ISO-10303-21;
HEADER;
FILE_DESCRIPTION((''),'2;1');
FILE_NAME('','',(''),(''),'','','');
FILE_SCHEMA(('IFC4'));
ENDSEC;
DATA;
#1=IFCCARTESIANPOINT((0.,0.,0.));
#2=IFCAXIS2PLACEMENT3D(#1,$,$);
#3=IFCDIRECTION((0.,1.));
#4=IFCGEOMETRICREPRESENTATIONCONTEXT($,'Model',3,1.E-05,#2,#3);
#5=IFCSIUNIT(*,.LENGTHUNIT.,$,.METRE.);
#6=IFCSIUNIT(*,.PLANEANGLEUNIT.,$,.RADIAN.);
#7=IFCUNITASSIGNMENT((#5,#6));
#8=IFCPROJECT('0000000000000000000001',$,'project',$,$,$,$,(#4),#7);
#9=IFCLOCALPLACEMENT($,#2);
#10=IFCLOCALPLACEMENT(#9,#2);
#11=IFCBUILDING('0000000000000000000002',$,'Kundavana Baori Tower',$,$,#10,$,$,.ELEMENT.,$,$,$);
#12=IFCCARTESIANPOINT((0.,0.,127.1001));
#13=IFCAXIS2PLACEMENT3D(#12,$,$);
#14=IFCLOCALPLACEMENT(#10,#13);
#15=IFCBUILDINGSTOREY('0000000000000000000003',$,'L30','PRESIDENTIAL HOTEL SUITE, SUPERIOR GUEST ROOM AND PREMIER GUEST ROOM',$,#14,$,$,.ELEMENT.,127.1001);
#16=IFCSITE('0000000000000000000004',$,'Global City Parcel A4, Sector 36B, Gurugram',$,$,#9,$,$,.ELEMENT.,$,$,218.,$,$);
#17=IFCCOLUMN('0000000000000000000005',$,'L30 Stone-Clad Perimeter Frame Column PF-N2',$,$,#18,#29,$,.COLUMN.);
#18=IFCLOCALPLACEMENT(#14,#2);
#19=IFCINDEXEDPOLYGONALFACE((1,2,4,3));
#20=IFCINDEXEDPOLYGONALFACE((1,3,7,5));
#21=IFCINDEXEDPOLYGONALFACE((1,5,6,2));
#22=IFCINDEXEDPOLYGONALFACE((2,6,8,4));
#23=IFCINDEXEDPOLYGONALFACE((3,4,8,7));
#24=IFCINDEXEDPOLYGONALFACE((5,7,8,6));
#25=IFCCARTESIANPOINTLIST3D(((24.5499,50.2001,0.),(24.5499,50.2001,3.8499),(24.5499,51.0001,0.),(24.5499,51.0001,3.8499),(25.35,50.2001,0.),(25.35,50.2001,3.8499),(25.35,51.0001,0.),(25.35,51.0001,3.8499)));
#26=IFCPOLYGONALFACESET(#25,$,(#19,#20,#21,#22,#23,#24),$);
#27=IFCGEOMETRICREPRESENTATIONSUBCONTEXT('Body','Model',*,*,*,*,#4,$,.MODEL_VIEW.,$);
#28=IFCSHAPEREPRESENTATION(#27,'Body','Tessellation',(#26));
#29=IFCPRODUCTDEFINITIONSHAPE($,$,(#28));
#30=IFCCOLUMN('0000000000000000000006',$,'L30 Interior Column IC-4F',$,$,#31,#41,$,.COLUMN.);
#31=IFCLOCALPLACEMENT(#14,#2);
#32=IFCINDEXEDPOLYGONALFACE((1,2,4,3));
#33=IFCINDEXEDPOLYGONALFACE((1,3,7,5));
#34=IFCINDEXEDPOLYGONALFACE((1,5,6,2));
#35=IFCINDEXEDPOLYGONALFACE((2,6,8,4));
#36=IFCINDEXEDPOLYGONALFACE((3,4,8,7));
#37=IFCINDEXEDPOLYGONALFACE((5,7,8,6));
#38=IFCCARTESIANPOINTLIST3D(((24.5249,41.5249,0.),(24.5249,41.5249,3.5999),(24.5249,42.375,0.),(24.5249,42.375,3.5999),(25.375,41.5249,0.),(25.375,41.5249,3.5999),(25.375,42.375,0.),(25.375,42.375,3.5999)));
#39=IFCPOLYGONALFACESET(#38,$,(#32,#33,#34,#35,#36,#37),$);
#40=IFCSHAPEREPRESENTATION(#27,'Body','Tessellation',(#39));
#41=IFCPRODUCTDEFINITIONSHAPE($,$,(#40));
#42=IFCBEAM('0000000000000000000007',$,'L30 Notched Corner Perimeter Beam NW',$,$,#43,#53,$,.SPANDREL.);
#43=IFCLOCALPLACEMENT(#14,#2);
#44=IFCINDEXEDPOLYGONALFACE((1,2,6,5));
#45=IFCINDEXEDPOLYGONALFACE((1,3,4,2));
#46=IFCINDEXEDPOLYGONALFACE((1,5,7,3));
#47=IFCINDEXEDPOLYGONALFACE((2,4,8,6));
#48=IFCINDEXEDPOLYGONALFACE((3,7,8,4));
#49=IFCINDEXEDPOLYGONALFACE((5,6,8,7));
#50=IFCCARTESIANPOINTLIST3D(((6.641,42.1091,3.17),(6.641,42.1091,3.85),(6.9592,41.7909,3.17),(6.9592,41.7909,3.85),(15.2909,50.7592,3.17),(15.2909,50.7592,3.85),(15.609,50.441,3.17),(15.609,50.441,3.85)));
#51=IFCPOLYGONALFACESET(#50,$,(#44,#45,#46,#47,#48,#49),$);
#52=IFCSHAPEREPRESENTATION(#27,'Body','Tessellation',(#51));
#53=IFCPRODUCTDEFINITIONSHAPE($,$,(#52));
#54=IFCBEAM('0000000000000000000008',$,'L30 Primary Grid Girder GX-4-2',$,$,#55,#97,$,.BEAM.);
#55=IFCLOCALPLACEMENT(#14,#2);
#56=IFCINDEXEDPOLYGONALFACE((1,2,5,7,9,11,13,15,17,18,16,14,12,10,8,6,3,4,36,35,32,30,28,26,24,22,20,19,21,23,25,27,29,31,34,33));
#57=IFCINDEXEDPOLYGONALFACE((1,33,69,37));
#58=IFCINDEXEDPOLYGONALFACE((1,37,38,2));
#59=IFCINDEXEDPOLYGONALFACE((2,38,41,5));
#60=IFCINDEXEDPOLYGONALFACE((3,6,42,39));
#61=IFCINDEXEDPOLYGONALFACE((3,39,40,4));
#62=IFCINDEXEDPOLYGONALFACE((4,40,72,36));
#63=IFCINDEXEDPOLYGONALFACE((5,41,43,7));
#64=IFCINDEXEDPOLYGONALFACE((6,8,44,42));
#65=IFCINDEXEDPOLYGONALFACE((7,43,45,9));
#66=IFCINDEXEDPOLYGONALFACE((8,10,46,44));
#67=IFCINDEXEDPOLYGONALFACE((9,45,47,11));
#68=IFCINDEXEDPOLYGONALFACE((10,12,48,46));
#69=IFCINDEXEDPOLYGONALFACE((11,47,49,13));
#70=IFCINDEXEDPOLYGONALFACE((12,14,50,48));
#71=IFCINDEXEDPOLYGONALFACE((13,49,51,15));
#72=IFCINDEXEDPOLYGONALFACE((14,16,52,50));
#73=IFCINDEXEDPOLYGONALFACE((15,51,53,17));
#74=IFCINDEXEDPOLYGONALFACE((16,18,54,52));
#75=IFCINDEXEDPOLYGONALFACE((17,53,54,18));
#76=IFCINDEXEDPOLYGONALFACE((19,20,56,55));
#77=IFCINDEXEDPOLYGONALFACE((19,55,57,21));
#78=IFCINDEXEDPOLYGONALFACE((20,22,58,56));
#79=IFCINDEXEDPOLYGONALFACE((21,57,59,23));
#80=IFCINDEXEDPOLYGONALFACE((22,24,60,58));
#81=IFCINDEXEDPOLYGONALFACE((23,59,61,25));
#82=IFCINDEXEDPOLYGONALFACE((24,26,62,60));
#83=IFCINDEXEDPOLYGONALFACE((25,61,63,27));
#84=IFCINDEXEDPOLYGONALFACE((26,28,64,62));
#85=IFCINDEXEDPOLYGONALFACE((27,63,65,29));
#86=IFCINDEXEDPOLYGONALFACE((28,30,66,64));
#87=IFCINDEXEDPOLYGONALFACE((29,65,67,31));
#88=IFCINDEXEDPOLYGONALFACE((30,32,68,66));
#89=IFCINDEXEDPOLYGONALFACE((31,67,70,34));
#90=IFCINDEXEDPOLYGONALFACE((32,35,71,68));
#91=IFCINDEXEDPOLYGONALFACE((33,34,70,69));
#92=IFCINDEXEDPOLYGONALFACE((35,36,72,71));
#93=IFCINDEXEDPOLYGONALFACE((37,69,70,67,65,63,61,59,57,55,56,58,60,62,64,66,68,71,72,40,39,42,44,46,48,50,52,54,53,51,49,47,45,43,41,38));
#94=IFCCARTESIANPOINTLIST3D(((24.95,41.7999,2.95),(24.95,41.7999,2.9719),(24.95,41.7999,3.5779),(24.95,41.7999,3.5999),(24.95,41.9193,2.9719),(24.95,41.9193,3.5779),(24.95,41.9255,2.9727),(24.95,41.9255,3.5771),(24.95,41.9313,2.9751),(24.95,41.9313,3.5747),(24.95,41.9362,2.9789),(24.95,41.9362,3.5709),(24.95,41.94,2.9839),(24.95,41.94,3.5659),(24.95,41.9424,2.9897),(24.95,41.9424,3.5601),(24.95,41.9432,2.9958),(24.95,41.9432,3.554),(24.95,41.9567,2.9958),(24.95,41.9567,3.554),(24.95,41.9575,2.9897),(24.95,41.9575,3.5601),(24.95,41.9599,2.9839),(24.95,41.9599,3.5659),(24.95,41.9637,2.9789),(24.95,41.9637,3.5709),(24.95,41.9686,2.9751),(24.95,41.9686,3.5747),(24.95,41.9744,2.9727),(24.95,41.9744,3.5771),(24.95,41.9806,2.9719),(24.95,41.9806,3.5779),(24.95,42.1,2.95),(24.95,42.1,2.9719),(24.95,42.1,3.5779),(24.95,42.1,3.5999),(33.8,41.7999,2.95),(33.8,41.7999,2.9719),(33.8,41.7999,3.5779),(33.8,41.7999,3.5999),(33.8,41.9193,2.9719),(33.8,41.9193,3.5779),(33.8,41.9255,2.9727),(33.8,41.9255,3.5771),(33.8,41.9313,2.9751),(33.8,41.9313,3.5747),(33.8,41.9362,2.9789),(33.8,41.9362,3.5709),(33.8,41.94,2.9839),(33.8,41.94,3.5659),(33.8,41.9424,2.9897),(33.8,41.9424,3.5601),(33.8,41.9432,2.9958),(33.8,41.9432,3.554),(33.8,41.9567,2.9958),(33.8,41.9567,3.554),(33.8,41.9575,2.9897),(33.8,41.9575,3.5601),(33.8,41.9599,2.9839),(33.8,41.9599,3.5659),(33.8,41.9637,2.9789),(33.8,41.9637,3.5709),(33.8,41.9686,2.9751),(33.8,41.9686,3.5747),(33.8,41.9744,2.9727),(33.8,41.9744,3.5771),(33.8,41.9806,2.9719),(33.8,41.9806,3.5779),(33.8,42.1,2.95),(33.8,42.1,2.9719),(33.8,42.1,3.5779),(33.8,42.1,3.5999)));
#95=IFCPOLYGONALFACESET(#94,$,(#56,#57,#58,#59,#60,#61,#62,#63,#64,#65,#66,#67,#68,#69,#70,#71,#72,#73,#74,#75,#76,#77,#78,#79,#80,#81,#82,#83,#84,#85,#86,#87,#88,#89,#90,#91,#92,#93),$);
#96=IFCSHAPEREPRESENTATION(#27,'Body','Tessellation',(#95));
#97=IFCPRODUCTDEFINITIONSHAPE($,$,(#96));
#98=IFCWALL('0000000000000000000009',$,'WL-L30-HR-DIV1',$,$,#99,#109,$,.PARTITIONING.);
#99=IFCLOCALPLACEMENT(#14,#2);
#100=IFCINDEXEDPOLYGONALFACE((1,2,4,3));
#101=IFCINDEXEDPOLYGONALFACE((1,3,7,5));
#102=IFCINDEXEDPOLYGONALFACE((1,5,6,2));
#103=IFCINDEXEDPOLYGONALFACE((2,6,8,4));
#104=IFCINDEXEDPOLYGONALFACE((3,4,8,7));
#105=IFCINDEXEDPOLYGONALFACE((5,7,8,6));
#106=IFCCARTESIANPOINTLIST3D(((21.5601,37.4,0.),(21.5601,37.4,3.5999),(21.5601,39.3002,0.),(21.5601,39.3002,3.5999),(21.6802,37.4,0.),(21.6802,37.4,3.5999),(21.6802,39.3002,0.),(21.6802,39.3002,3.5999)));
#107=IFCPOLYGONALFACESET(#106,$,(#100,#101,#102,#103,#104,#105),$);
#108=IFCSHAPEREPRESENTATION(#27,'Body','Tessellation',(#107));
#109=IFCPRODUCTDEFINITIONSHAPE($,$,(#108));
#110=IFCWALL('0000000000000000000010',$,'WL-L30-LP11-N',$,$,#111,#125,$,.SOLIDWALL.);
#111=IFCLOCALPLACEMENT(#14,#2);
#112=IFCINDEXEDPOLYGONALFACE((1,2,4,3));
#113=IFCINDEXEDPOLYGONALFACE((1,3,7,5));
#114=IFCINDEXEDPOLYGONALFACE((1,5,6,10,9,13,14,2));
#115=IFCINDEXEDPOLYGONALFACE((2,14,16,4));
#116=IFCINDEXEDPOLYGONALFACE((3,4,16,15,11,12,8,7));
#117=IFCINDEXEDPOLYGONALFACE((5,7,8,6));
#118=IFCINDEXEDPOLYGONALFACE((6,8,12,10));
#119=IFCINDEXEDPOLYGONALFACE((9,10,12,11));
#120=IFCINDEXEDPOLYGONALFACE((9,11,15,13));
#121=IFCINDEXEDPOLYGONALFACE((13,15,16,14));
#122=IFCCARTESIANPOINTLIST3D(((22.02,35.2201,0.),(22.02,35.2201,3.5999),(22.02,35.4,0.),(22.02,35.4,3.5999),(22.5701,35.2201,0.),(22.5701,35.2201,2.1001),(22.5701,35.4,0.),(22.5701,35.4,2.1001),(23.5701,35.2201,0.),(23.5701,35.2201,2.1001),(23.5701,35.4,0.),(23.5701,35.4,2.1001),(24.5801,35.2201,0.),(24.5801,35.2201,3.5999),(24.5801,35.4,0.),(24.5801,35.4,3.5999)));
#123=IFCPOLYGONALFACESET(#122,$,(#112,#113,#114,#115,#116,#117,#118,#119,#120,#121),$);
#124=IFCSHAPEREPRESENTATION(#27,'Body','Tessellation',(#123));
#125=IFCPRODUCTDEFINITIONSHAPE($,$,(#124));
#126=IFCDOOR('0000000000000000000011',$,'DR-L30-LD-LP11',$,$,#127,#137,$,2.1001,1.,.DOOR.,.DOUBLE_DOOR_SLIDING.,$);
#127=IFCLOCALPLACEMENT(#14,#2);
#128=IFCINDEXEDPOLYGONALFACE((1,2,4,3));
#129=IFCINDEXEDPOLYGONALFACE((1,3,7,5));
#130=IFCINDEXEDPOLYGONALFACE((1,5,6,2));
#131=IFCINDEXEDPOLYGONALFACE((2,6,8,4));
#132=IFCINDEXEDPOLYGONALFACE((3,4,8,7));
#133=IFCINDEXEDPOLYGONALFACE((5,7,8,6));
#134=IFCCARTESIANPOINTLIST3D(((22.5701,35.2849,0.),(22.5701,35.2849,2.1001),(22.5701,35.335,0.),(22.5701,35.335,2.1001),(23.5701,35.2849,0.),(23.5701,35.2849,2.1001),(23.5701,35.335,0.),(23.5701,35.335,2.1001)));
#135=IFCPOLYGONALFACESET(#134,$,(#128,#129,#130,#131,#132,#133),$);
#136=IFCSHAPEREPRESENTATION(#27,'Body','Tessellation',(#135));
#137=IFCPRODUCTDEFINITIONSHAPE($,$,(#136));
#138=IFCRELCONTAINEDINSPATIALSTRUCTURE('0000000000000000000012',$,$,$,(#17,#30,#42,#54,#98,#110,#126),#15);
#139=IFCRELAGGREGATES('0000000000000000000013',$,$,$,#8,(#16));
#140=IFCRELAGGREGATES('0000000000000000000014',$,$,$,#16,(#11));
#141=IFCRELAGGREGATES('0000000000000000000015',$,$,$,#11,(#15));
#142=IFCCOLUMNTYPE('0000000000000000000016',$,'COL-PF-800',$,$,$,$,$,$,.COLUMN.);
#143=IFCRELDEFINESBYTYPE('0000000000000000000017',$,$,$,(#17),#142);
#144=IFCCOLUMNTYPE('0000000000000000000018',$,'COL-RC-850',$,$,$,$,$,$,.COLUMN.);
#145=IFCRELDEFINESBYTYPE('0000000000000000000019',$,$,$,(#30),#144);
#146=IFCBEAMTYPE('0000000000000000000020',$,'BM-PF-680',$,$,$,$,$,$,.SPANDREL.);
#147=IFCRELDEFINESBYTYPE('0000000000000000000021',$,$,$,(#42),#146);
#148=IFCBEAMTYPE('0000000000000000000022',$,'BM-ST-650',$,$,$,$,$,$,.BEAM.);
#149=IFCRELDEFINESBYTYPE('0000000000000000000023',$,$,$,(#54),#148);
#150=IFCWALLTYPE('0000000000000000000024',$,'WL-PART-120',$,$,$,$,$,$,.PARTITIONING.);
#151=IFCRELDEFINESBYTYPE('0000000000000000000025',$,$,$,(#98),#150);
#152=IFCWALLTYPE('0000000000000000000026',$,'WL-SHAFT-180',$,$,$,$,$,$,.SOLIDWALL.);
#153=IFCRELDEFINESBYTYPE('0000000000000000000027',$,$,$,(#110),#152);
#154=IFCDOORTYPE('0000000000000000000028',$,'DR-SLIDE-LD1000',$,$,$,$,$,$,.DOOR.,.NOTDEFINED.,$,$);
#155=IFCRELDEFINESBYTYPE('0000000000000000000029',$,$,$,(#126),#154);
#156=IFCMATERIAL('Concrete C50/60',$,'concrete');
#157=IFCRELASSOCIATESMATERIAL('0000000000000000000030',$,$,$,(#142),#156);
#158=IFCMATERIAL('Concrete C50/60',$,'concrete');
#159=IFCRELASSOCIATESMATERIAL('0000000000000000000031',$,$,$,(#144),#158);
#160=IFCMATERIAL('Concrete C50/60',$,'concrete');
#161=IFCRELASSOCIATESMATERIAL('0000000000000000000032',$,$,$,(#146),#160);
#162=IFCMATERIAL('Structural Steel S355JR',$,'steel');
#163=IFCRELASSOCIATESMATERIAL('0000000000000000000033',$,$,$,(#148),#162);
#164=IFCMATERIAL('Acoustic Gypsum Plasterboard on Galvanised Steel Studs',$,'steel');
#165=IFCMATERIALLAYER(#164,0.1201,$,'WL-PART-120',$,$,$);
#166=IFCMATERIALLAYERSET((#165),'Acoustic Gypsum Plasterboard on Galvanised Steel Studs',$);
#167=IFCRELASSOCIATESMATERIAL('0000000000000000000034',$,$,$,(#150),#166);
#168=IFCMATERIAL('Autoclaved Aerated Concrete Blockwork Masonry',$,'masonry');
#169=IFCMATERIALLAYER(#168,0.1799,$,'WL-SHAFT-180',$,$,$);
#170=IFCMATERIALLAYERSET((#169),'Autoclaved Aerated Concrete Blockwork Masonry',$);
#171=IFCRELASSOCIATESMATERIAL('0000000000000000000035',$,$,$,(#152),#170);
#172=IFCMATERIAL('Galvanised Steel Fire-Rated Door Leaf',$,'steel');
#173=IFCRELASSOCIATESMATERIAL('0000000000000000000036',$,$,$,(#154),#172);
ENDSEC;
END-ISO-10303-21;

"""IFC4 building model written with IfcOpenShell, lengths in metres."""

from ifc_helpers import new_model, si_unit, direction, frame, frame_2d, origin, origin_2d, place, context, subcontext, project, spatial, rectangle, i_section, extrude, material, layer, layer_set, material_profile, profile_set, type_object, element, fill, save


model = new_model("IFC4")

# Units and contexts
model_context = context("Model", 3, precision=1e-05, world=origin(), true_north=direction((0.0, 1.0)))
body_context = subcontext(model_context, "Body", "Model", "MODEL_VIEW")
ifc_project = project(units=[si_unit("LENGTHUNIT", "METRE"), si_unit("PLANEANGLEUNIT", "RADIAN")], contexts=[model_context])

# Site, building, storey
site_placement = place(None, origin())
site = spatial("IfcSite", under=ifc_project, at=site_placement, Name="Global City Parcel A4, Sector 36B, Gurugram", CompositionType="ELEMENT", RefElevation=218.0)
building_placement = place(site_placement, origin())
building = spatial("IfcBuilding", under=site, at=building_placement, Name="Kundavana Baori Tower", CompositionType="ELEMENT")
storey_placement = place(building_placement, frame((0.0, 0.0, 127.1001)))
storey = spatial("IfcBuildingStorey", under=building, at=storey_placement, Name="L30", Description="PRESIDENTIAL HOTEL SUITE, SUPERIOR GUEST ROOM AND PREMIER GUEST ROOM", CompositionType="ELEMENT", Elevation=127.1001)

# Columns
ifc_material_1 = material(Name="Concrete C50/60", Category="concrete")
ifc_material_profile_1 = material_profile(ifc_material_1, rectangle(XDim=0.8, YDim=0.8, at=origin_2d()), Name="RC PF 800x800")
ifc_profile_set_1 = profile_set([ifc_material_profile_1], Name="Concrete C50/60")
column_type_1 = type_object("IfcColumnType", Name="COL-PF-800", PredefinedType="COLUMN", material=ifc_profile_set_1)
column_1_placement = place(storey_placement, frame((24.95, 50.6001, 0.0), z_axis=(0.0, 0.0, 1.0), x_axis=(1.0, 0.0, 0.0)))
element("IfcColumn", 1, at=column_1_placement, inside=storey, type_object=column_type_1, Name="L30 Stone-Clad Perimeter Frame Column PF-N2", PredefinedType="COLUMN", context=body_context, shape_type="SweptSolid", body=[
    extrude(rectangle(XDim=0.8, YDim=0.8, at=origin_2d()), origin(), (0.0, 0.0, 1.0), 3.8499),
])
ifc_material_2 = material(Name="Concrete C50/60", Category="concrete")
ifc_material_profile_2 = material_profile(ifc_material_2, rectangle(XDim=0.8501, YDim=0.8501, at=origin_2d()), Name="RC 850x850")
ifc_profile_set_2 = profile_set([ifc_material_profile_2], Name="Concrete C50/60")
column_type_2 = type_object("IfcColumnType", Name="COL-RC-850", PredefinedType="COLUMN", material=ifc_profile_set_2)
column_2_placement = place(storey_placement, frame((24.95, 41.95, 0.0), z_axis=(0.0, 0.0, 1.0), x_axis=(1.0, 0.0, 0.0)))
element("IfcColumn", 2, at=column_2_placement, inside=storey, type_object=column_type_2, Name="L30 Interior Column IC-4F", PredefinedType="COLUMN", context=body_context, shape_type="SweptSolid", body=[
    extrude(rectangle(XDim=0.8501, YDim=0.8501, at=origin_2d()), origin(), (0.0, 0.0, 1.0), 3.5999),
])

# Beams
ifc_material_3 = material(Name="Concrete C50/60", Category="concrete")
ifc_material_profile_3 = material_profile(ifc_material_3, rectangle(XDim=0.45, YDim=0.6799, at=origin_2d()), Name="RC BM 450x680")
ifc_profile_set_3 = profile_set([ifc_material_profile_3], Name="Concrete C50/60")
beam_type_1 = type_object("IfcBeamType", Name="BM-PF-680", PredefinedType="SPANDREL", material=ifc_profile_set_3)
beam_1_placement = place(storey_placement, frame((15.45, 50.6001, 3.51), z_axis=(-0.707097, -0.707117, 0.0), x_axis=(0.707117, -0.707097, 0.0)))
element("IfcBeam", 3, at=beam_1_placement, inside=storey, type_object=beam_type_1, Name="L30 Notched Corner Perimeter Beam NW", PredefinedType="SPANDREL", context=body_context, shape_type="SweptSolid", body=[
    extrude(rectangle(XDim=0.45, YDim=0.6799, at=origin_2d()), origin(), (0.0, 0.0, 1.0), 12.2329),
])
ifc_material_4 = material(Name="Structural Steel S355JR", Category="steel")
ifc_material_profile_4 = material_profile(ifc_material_4, i_section(OverallWidth=0.3, OverallDepth=0.6499, WebThickness=0.0134, FlangeThickness=0.022, FilletRadius=0.0239, at=origin_2d()), Name="NPB 650x300x155")
ifc_profile_set_4 = profile_set([ifc_material_profile_4], Name="Structural Steel S355JR")
beam_type_2 = type_object("IfcBeamType", Name="BM-ST-650", PredefinedType="BEAM", material=ifc_profile_set_4)
beam_2_placement = place(storey_placement, frame((24.95, 41.95, 3.2749), z_axis=(1.0, 0.0, 0.0), x_axis=(0.0, 1.0, 0.0)))
element("IfcBeam", 4, at=beam_2_placement, inside=storey, type_object=beam_type_2, Name="L30 Primary Grid Girder GX-4-2", PredefinedType="BEAM", context=body_context, shape_type="SweptSolid", body=[
    extrude(i_section(OverallWidth=0.3, OverallDepth=0.6499, WebThickness=0.0134, FlangeThickness=0.022, FilletRadius=0.0239, at=origin_2d()), origin(), (0.0, 0.0, 1.0), 8.8501),
])

# Wall
ifc_material_5 = material(Name="Acoustic Gypsum Plasterboard on Galvanised Steel Studs", Category="steel")
ifc_layer_1 = layer(ifc_material_5, 0.1201, Name="WL-PART-120")
ifc_layer_set_1 = layer_set([ifc_layer_1], Name="Acoustic Gypsum Plasterboard on Galvanised Steel Studs")
wall_type_1 = type_object("IfcWallType", Name="WL-PART-120", PredefinedType="PARTITIONING", material=ifc_layer_set_1)
wall_1_placement = place(storey_placement, frame((21.6201, 37.3999, 0.0), z_axis=(0.0, 0.0, 1.0), x_axis=(0.0, 1.0, 0.0)))
element("IfcWall", 5, at=wall_1_placement, inside=storey, type_object=wall_type_1, Name="WL-L30-HR-DIV1", PredefinedType="PARTITIONING", context=body_context, shape_type="SweptSolid", body=[
    extrude(rectangle(XDim=1.9001, YDim=0.1201, at=frame_2d((0.9502, 0.0))), origin(), (0.0, 0.0, 1.0), 3.5999),
])

# Wall, opening, door
ifc_material_6 = material(Name="Autoclaved Aerated Concrete Blockwork Masonry", Category="masonry")
ifc_layer_2 = layer(ifc_material_6, 0.1799, Name="WL-SHAFT-180")
ifc_layer_set_2 = layer_set([ifc_layer_2], Name="Autoclaved Aerated Concrete Blockwork Masonry")
wall_type_2 = type_object("IfcWallType", Name="WL-SHAFT-180", PredefinedType="SOLIDWALL", material=ifc_layer_set_2)
wall_2_placement = place(storey_placement, frame((22.02, 35.3101, 0.0), z_axis=(0.0, 0.0, 1.0), x_axis=(1.0, 0.0, 0.0)))
wall_2 = element("IfcWall", 6, at=wall_2_placement, inside=storey, type_object=wall_type_2, Name="WL-L30-LP11-N", PredefinedType="SOLIDWALL", context=body_context, shape_type="SweptSolid", body=[
    extrude(rectangle(XDim=2.5601, YDim=0.1799, at=frame_2d((1.28, 0.0))), origin(), (0.0, 0.0, 1.0), 3.5999),
])
opening_1_placement = place(wall_2_placement, frame((0.55, 0.0, 0.0)))
opening_1 = element("IfcOpeningElement", 7, at=opening_1_placement, cuts=wall_2, PredefinedType="OPENING", context=body_context, shape_type="SweptSolid", body=[
    extrude(rectangle(XDim=1.0, YDim=2.1001, at=frame_2d((0.5, 1.05))), frame((0.0, 0.1001, 0.0), z_axis=(0.0, -1.0, 0.0), x_axis=(1.0, 0.0, 0.0)), (0.0, 0.0, 1.0), 0.2),
])
ifc_material_7 = material(Name="Galvanised Steel Fire-Rated Door Leaf", Category="steel")
door_type = type_object("IfcDoorType", Name="DR-SLIDE-LD1000", OperationType="NOTDEFINED", PredefinedType="DOOR", material=ifc_material_7)
door_1_placement = place(opening_1_placement, origin())
door_1 = element("IfcDoor", 8, at=door_1_placement, inside=storey, type_object=door_type, Name="DR-L30-LD-LP11", OperationType="DOUBLE_DOOR_SLIDING", OverallHeight=2.1001, OverallWidth=1.0, PredefinedType="DOOR", context=body_context, shape_type="SweptSolid", body=[
    extrude(rectangle(XDim=1.0, YDim=2.1001, at=frame_2d((0.5, 1.05))), frame((0.0, 0.0249, 0.0), z_axis=(0.0, -1.0, 0.0), x_axis=(1.0, 0.0, 0.0)), (0.0, 0.0, 1.0), 0.05),
])
fill(opening_1, door_1)

save(model, "model.ifc")
